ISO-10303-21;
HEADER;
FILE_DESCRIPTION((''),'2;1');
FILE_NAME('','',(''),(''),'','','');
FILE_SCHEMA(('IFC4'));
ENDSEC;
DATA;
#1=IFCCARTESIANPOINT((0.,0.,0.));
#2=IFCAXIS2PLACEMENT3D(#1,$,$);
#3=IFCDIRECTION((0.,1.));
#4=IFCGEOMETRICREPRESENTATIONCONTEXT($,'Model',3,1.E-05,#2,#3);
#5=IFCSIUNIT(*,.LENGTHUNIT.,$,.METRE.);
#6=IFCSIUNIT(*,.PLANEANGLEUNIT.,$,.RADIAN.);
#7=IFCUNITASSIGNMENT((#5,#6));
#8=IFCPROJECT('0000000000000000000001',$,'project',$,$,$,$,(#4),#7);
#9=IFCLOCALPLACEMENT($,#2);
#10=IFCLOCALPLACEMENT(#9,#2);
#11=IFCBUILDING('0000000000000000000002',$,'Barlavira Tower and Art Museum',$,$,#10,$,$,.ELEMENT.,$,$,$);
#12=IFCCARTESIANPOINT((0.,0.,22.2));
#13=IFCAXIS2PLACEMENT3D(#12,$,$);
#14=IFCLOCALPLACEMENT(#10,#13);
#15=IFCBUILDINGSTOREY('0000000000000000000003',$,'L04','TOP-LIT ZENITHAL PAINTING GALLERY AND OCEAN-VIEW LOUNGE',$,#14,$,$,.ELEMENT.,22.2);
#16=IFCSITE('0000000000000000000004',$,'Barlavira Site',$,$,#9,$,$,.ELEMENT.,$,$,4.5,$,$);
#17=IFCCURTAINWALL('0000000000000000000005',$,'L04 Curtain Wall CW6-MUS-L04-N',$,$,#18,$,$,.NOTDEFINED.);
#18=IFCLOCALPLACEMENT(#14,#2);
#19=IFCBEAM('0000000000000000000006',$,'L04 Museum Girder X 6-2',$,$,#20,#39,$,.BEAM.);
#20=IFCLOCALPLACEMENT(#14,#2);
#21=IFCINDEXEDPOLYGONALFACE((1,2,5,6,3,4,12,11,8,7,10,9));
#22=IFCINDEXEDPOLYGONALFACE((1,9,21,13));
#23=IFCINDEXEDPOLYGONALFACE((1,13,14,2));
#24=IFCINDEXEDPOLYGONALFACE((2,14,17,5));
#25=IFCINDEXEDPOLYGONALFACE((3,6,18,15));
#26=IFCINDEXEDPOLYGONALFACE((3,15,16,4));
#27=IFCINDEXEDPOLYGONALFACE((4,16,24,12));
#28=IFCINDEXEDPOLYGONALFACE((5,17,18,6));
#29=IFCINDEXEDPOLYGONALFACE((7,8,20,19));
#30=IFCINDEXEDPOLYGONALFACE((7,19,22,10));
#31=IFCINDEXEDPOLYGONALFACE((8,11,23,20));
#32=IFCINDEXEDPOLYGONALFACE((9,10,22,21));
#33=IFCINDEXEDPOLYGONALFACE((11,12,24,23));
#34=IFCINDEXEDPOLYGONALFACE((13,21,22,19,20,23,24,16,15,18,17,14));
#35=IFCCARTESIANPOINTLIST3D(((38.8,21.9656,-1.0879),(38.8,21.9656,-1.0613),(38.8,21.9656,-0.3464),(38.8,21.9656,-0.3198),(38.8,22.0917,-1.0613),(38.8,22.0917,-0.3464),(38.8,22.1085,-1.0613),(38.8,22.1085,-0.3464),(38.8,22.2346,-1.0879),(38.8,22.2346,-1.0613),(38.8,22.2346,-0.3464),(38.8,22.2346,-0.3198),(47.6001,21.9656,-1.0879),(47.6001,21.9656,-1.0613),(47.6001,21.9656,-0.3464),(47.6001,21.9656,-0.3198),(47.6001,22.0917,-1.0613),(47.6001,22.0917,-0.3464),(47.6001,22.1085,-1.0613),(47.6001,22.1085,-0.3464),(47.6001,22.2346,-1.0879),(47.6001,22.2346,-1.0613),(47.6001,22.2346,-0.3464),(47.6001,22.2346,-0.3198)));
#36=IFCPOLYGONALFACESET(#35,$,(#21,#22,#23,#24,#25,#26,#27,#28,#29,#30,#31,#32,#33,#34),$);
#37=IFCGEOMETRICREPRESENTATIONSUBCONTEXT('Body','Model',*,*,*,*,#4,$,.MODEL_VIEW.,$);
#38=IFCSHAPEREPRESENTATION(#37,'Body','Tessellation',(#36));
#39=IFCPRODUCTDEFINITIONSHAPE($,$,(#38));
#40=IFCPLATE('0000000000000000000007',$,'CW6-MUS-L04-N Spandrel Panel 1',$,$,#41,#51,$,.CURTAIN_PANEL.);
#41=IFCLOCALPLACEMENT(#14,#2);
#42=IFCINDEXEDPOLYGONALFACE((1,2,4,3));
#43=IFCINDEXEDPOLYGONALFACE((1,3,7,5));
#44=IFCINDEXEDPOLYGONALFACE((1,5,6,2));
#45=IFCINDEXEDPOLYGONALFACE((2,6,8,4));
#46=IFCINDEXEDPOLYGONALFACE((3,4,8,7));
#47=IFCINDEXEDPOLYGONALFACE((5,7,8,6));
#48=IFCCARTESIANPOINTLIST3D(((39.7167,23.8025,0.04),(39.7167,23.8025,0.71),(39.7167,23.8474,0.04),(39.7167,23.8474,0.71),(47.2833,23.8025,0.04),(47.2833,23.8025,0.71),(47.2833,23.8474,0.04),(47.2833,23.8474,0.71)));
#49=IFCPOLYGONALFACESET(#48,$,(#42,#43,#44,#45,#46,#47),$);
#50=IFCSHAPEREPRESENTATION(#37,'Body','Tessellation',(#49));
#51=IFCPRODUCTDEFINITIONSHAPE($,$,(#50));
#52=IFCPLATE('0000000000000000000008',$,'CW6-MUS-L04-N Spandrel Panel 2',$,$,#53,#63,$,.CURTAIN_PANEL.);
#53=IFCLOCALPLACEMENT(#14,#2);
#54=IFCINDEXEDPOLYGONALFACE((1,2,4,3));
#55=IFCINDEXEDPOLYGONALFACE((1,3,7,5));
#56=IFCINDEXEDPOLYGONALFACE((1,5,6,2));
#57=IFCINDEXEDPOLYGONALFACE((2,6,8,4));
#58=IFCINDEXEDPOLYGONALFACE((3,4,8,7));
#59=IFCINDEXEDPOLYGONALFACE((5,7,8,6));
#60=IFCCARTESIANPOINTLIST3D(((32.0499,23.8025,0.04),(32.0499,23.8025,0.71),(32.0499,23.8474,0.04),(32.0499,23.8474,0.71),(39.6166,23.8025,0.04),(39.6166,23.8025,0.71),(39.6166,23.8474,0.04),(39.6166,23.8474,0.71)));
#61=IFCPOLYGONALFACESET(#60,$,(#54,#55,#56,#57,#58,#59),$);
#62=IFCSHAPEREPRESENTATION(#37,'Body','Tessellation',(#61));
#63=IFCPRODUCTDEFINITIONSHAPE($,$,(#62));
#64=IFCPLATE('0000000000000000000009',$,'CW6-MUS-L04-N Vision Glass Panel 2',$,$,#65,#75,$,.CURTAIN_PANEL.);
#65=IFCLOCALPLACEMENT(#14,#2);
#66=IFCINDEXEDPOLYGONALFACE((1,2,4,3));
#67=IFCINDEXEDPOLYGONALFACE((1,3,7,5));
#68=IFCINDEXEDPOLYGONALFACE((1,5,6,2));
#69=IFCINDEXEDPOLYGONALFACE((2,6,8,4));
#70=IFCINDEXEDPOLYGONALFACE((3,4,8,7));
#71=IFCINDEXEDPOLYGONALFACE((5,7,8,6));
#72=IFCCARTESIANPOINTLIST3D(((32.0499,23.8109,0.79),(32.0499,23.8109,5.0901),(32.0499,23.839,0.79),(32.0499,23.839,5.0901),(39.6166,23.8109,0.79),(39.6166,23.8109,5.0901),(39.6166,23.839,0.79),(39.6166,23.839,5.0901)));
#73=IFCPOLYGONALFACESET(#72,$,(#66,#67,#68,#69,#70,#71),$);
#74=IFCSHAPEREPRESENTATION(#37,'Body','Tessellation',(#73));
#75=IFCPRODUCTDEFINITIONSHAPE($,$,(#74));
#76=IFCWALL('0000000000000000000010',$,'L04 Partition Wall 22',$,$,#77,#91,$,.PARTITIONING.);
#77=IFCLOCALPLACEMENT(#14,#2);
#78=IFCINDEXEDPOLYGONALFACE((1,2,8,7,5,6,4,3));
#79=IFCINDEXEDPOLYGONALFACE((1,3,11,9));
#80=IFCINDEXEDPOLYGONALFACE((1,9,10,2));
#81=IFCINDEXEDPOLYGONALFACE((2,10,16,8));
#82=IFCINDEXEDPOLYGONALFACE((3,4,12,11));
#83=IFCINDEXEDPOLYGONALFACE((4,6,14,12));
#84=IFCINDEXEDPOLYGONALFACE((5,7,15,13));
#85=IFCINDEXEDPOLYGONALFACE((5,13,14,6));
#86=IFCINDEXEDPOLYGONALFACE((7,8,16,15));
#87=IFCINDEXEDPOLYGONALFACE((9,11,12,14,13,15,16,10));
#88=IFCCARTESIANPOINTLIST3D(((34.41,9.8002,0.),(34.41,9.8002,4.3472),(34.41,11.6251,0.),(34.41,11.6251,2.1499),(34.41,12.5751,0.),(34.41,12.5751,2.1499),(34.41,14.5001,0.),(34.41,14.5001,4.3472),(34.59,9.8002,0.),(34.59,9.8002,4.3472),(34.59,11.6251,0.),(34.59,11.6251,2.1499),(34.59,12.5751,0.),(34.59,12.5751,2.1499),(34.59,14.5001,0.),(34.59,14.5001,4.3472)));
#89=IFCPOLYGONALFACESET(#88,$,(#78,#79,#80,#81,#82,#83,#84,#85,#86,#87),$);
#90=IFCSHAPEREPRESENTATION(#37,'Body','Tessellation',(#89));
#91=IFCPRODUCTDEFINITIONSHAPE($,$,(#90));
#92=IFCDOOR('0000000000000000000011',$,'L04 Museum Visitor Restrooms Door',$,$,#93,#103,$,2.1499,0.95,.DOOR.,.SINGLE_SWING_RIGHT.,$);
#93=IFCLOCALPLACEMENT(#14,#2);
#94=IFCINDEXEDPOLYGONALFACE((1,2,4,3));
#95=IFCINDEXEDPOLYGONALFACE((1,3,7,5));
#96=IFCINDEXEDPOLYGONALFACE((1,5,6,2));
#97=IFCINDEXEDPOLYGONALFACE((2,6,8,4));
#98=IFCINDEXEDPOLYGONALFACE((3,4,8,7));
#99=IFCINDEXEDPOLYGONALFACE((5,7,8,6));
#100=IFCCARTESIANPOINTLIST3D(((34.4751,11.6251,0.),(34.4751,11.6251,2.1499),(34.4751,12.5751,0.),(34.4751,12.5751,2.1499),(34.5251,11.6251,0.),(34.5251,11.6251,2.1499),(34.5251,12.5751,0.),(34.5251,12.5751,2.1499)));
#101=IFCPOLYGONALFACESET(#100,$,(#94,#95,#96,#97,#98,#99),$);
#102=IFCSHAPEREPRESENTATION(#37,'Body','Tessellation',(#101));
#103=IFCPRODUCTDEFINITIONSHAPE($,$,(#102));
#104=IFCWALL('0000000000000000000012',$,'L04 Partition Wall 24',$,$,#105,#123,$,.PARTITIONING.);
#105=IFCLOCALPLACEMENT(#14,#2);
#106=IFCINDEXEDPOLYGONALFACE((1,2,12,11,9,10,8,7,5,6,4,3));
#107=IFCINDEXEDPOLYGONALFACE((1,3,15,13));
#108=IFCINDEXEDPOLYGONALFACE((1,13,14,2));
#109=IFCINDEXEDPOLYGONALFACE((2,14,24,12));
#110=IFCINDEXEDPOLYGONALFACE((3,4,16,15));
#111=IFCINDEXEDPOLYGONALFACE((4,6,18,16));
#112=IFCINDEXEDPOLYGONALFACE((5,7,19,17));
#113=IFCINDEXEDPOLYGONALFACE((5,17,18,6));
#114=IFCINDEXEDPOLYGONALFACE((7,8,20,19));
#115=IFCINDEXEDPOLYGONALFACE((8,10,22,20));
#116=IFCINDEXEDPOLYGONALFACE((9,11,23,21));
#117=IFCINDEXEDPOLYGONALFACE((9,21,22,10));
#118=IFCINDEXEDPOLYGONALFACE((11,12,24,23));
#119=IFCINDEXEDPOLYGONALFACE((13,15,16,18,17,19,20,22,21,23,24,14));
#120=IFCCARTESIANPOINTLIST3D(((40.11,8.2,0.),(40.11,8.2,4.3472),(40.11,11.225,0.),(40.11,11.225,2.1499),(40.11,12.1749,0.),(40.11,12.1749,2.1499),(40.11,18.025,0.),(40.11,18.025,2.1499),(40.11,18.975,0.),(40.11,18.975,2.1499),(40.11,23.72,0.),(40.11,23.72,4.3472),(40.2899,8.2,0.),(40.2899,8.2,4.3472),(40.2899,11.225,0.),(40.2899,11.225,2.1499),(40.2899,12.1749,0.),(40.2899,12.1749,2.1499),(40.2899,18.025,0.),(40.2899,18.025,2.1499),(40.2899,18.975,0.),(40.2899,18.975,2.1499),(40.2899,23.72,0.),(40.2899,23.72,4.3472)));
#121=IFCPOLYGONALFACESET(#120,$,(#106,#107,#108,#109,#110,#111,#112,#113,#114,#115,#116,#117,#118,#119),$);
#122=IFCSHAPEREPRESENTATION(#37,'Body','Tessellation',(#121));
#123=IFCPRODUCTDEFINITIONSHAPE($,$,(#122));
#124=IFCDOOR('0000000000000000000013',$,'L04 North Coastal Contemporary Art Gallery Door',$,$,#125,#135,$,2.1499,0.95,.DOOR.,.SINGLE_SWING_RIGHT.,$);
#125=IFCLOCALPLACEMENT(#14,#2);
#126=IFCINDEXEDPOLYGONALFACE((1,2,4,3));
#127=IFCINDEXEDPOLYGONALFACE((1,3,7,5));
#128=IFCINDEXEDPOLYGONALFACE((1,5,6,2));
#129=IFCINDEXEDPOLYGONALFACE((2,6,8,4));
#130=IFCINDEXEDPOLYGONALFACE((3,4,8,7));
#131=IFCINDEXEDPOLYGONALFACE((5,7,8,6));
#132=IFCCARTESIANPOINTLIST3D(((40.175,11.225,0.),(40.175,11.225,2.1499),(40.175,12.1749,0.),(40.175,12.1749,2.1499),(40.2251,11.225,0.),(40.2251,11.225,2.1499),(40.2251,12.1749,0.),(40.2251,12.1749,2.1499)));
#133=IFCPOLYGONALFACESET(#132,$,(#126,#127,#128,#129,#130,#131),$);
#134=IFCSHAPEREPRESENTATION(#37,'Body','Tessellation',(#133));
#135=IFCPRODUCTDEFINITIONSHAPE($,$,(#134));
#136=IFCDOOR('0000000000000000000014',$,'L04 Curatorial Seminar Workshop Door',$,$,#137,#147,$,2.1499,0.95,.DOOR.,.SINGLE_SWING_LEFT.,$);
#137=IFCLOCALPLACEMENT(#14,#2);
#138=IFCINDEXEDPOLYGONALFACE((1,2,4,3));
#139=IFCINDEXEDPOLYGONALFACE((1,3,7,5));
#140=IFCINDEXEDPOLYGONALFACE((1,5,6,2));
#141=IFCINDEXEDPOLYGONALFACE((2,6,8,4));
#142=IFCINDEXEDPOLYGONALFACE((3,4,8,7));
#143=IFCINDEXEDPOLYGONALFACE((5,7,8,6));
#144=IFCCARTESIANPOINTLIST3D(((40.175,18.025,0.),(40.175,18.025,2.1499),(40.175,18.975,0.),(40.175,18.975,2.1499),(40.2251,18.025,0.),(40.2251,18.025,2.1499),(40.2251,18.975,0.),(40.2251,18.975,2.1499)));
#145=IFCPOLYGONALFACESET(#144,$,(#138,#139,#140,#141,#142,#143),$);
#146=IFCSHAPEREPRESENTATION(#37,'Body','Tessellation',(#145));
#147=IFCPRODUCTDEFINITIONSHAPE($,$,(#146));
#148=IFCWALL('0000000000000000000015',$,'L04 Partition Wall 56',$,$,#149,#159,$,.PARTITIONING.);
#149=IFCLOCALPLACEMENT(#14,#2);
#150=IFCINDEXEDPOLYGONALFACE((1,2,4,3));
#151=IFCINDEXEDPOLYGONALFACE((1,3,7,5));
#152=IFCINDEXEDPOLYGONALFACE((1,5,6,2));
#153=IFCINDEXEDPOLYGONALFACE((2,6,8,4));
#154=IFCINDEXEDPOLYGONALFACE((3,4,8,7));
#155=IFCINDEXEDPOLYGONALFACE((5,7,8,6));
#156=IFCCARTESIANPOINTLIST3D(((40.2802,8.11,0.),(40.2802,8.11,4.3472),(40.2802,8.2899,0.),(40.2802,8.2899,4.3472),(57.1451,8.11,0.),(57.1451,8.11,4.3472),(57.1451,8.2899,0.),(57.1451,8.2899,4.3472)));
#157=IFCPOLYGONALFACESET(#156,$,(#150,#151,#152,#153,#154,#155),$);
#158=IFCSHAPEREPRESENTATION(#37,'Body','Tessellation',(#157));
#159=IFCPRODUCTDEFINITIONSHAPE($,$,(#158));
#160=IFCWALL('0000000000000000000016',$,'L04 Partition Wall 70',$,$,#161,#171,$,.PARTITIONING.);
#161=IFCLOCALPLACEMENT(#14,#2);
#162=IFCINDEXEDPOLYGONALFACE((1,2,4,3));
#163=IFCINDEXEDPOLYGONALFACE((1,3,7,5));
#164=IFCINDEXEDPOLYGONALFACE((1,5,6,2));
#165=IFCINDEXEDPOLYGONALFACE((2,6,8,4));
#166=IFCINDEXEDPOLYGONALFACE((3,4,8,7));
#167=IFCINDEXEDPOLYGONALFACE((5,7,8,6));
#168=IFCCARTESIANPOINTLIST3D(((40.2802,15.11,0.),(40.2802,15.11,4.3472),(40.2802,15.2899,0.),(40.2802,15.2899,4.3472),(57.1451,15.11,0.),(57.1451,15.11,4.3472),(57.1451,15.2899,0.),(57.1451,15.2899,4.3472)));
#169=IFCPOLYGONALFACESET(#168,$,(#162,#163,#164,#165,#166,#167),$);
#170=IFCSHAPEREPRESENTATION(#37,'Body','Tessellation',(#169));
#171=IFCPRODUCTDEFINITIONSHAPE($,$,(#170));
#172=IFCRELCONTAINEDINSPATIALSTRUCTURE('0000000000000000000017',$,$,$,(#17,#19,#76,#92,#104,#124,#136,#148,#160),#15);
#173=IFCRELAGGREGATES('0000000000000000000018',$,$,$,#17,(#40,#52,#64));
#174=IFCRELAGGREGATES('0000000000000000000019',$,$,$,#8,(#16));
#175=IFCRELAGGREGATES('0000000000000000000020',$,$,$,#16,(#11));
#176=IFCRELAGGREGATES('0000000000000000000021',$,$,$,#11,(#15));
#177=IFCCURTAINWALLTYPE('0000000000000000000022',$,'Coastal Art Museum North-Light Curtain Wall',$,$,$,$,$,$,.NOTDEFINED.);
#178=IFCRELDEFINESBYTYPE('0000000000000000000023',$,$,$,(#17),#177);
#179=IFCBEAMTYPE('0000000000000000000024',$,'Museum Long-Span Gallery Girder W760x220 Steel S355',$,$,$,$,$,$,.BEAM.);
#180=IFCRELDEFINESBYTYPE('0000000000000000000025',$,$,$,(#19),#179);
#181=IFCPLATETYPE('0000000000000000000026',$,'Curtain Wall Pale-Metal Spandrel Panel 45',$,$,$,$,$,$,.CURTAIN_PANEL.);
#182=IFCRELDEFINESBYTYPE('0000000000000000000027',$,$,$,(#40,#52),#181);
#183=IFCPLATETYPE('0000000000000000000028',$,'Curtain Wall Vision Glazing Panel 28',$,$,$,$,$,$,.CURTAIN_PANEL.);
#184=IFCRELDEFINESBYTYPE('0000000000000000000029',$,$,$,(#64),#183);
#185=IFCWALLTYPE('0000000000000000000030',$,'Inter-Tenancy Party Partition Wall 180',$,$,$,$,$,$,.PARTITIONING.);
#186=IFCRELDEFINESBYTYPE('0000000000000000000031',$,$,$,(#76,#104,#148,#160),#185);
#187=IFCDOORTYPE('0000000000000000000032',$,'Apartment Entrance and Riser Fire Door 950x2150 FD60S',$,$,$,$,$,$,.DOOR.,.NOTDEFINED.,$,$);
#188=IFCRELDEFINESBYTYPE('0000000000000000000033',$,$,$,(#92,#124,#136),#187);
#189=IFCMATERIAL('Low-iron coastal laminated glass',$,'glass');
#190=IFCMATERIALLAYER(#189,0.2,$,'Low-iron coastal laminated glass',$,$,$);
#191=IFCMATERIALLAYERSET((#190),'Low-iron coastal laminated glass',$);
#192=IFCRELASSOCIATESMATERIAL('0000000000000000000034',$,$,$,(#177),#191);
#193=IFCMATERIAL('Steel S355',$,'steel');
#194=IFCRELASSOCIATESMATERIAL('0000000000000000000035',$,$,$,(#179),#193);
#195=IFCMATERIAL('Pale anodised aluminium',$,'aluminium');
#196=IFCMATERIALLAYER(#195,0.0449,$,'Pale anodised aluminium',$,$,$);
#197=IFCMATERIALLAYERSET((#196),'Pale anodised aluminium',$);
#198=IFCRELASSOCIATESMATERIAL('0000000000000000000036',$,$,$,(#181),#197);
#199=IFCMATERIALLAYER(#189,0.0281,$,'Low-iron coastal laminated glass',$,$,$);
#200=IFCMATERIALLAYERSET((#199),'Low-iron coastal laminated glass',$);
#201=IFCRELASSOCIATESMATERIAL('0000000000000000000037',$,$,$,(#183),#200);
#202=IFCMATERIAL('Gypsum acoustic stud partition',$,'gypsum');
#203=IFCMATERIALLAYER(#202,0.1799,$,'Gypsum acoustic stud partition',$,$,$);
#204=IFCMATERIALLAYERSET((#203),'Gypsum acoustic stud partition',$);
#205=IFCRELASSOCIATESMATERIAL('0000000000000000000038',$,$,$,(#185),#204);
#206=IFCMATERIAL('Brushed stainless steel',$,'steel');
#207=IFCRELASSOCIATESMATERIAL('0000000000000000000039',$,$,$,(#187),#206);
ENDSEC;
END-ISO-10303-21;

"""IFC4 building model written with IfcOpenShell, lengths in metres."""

from ifc_helpers import new_model, si_unit, direction, frame, frame_2d, origin, origin_2d, place, context, subcontext, project, spatial, rectangle, i_section, extrude, material, layer, layer_set, material_profile, profile_set, type_object, element, fill, aggregate, save


model = new_model("IFC4")

# Units and contexts
model_context = context("Model", 3, precision=1e-05, world=origin(), true_north=direction((0.0, 1.0)))
body_context = subcontext(model_context, "Body", "Model", "MODEL_VIEW")
ifc_project = project(units=[si_unit("LENGTHUNIT", "METRE"), si_unit("PLANEANGLEUNIT", "RADIAN")], contexts=[model_context])

# Site, building, storey
site_placement = place(None, origin())
site = spatial("IfcSite", under=ifc_project, at=site_placement, Name="Barlavira Site", CompositionType="ELEMENT", RefElevation=4.5)
building_placement = place(site_placement, origin())
building = spatial("IfcBuilding", under=site, at=building_placement, Name="Barlavira Tower and Art Museum", CompositionType="ELEMENT")
storey_placement = place(building_placement, frame((0.0, 0.0, 22.2)))
storey = spatial("IfcBuildingStorey", under=building, at=storey_placement, Name="L04", Description="TOP-LIT ZENITHAL PAINTING GALLERY AND OCEAN-VIEW LOUNGE", CompositionType="ELEMENT", Elevation=22.2)

# Curtain wall
ifc_material_1 = material(Name="Low-iron coastal laminated glass", Category="glass")
ifc_layer_1 = layer(ifc_material_1, 0.2, Name="Low-iron coastal laminated glass")
ifc_layer_set_1 = layer_set([ifc_layer_1], Name="Low-iron coastal laminated glass")
curtain_wall_type = type_object("IfcCurtainWallType", Name="Coastal Art Museum North-Light Curtain Wall", PredefinedType="NOTDEFINED", material=ifc_layer_set_1)
curtain_wall_placement = place(storey_placement, origin())
curtain_wall = element("IfcCurtainWall", 1, at=curtain_wall_placement, inside=storey, type_object=curtain_wall_type, Name="L04 Curtain Wall CW6-MUS-L04-N", PredefinedType="NOTDEFINED")
ifc_material_2 = material(Name="Pale anodised aluminium", Category="aluminium")

# Beam
ifc_material_3 = material(Name="Steel S355", Category="steel")
ifc_material_profile_1 = material_profile(ifc_material_3, i_section(OverallWidth=0.269, OverallDepth=0.7681, WebThickness=0.0168, FlangeThickness=0.0266, at=origin_2d()), Name="W760x220.0")
ifc_profile_set_1 = profile_set([ifc_material_profile_1], Name="Steel S355")
beam_type = type_object("IfcBeamType", Name="Museum Long-Span Gallery Girder W760x220 Steel S355", PredefinedType="BEAM", material=ifc_profile_set_1)
beam_1_placement = place(storey_placement, frame((38.8, 22.1001, -0.7039), z_axis=(1.0, 0.0, 0.0), x_axis=(0.0, 1.0, 0.0)))
element("IfcBeam", 2, at=beam_1_placement, inside=storey, type_object=beam_type, Name="L04 Museum Girder X 6-2", PredefinedType="BEAM", context=body_context, shape_type="SweptSolid", body=[
    extrude(i_section(OverallWidth=0.269, OverallDepth=0.7681, WebThickness=0.0168, FlangeThickness=0.0266, at=origin_2d()), origin(), (0.0, 0.0, 1.0), 8.8),
])

# Plates
ifc_layer_2 = layer(ifc_material_2, 0.0449, Name="Pale anodised aluminium")
ifc_layer_set_2 = layer_set([ifc_layer_2], Name="Pale anodised aluminium")
plate_type_1 = type_object("IfcPlateType", Name="Curtain Wall Pale-Metal Spandrel Panel 45", PredefinedType="CURTAIN_PANEL", material=ifc_layer_set_2)
plate_1_placement = place(storey_placement, frame((43.5, 23.825, 0.04), z_axis=(0.0, 0.0, 1.0), x_axis=(-1.0, 0.0, 0.0)))
plate_1 = element("IfcPlate", 3, at=plate_1_placement, type_object=plate_type_1, Name="CW6-MUS-L04-N Spandrel Panel 1", PredefinedType="CURTAIN_PANEL", context=body_context, shape_type="SweptSolid", body=[
    extrude(rectangle(XDim=7.5667, YDim=0.0449, at=origin_2d()), origin(), (0.0, 0.0, 1.0), 0.6699),
])
plate_2_placement = place(storey_placement, frame((35.8333, 23.825, 0.04), z_axis=(0.0, 0.0, 1.0), x_axis=(-1.0, 0.0, 0.0)))
plate_2 = element("IfcPlate", 4, at=plate_2_placement, type_object=plate_type_1, Name="CW6-MUS-L04-N Spandrel Panel 2", PredefinedType="CURTAIN_PANEL", context=body_context, shape_type="SweptSolid", body=[
    extrude(rectangle(XDim=7.5667, YDim=0.0449, at=origin_2d()), origin(), (0.0, 0.0, 1.0), 0.6699),
])
ifc_layer_3 = layer(ifc_material_1, 0.0281, Name="Low-iron coastal laminated glass")
ifc_layer_set_3 = layer_set([ifc_layer_3], Name="Low-iron coastal laminated glass")
plate_type_2 = type_object("IfcPlateType", Name="Curtain Wall Vision Glazing Panel 28", PredefinedType="CURTAIN_PANEL", material=ifc_layer_set_3)
plate_3_placement = place(storey_placement, frame((35.8333, 23.825, 0.79), z_axis=(0.0, 0.0, 1.0), x_axis=(-1.0, 0.0, 0.0)))
plate_3 = element("IfcPlate", 5, at=plate_3_placement, type_object=plate_type_2, Name="CW6-MUS-L04-N Vision Glass Panel 2", PredefinedType="CURTAIN_PANEL", context=body_context, shape_type="SweptSolid", body=[
    extrude(rectangle(XDim=7.5667, YDim=0.0281, at=origin_2d()), origin(), (0.0, 0.0, 1.0), 4.3),
])
aggregate(curtain_wall, [plate_1, plate_2, plate_3])

# Wall, opening, door
ifc_material_4 = material(Name="Gypsum acoustic stud partition", Category="gypsum")
ifc_layer_4 = layer(ifc_material_4, 0.1799, Name="Gypsum acoustic stud partition")
ifc_layer_set_4 = layer_set([ifc_layer_4], Name="Gypsum acoustic stud partition")
wall_type_1 = type_object("IfcWallType", Name="Inter-Tenancy Party Partition Wall 180", PredefinedType="PARTITIONING", material=ifc_layer_set_4)
wall_1_placement = place(storey_placement, frame((34.5, 9.8, 0.0), z_axis=(0.0, 0.0, 1.0), x_axis=(0.0, 1.0, 0.0)))
wall_1 = element("IfcWall", 6, at=wall_1_placement, inside=storey, type_object=wall_type_1, Name="L04 Partition Wall 22", PredefinedType="PARTITIONING", context=body_context, shape_type="SweptSolid", body=[
    extrude(rectangle(XDim=4.7, YDim=0.1799, at=frame_2d((2.3501, 0.0))), origin(), (0.0, 0.0, 1.0), 4.3472),
])
opening_1_placement = place(wall_1_placement, frame((1.825, 0.0, 0.0)))
opening_1 = element("IfcOpeningElement", 7, at=opening_1_placement, cuts=wall_1, PredefinedType="OPENING", context=body_context, shape_type="SweptSolid", body=[
    extrude(rectangle(XDim=0.95, YDim=2.1499, at=frame_2d((0.4751, 1.075))), frame((0.0, 0.1001, 0.0), z_axis=(0.0, -1.0, 0.0), x_axis=(1.0, 0.0, 0.0)), (0.0, 0.0, 1.0), 0.2),
])
ifc_material_5 = material(Name="Brushed stainless steel", Category="steel")
door_type_1 = type_object("IfcDoorType", Name="Apartment Entrance and Riser Fire Door 950x2150 FD60S", OperationType="NOTDEFINED", PredefinedType="DOOR", material=ifc_material_5)
door_1_placement = place(opening_1_placement, origin())
door_1 = element("IfcDoor", 8, at=door_1_placement, inside=storey, type_object=door_type_1, Name="L04 Museum Visitor Restrooms Door", OperationType="SINGLE_SWING_RIGHT", OverallHeight=2.1499, OverallWidth=0.95, PredefinedType="DOOR", context=body_context, shape_type="SweptSolid", body=[
    extrude(rectangle(XDim=0.95, YDim=2.1499, at=frame_2d((0.4751, 1.075))), frame((0.0, 0.0249, 0.0), z_axis=(0.0, -1.0, 0.0), x_axis=(1.0, 0.0, 0.0)), (0.0, 0.0, 1.0), 0.05),
])
fill(opening_1, door_1)

# Wall, openings, doors
wall_2_placement = place(storey_placement, frame((40.2, 8.2, 0.0), z_axis=(0.0, 0.0, 1.0), x_axis=(0.0, 1.0, 0.0)))
wall_2 = element("IfcWall", 9, at=wall_2_placement, inside=storey, type_object=wall_type_1, Name="L04 Partition Wall 24", PredefinedType="PARTITIONING", context=body_context, shape_type="SweptSolid", body=[
    extrude(rectangle(XDim=15.52, YDim=0.1799, at=frame_2d((7.76, 0.0))), origin(), (0.0, 0.0, 1.0), 4.3472),
])
opening_2_placement = place(wall_2_placement, frame((3.0249, 0.0, 0.0)))
opening_2 = element("IfcOpeningElement", 10, at=opening_2_placement, cuts=wall_2, PredefinedType="OPENING", context=body_context, shape_type="SweptSolid", body=[
    extrude(rectangle(XDim=0.95, YDim=2.1499, at=frame_2d((0.4751, 1.075))), frame((0.0, 0.1001, 0.0), z_axis=(0.0, -1.0, 0.0), x_axis=(1.0, 0.0, 0.0)), (0.0, 0.0, 1.0), 0.2),
])
opening_3_placement = place(wall_2_placement, frame((9.825, 0.0, 0.0)))
opening_3 = element("IfcOpeningElement", 11, at=opening_3_placement, cuts=wall_2, PredefinedType="OPENING", context=body_context, shape_type="SweptSolid", body=[
    extrude(rectangle(XDim=0.95, YDim=2.1499, at=frame_2d((0.4751, 1.075))), frame((0.0, 0.1001, 0.0), z_axis=(0.0, -1.0, 0.0), x_axis=(1.0, 0.0, 0.0)), (0.0, 0.0, 1.0), 0.2),
])
door_2_placement = place(opening_2_placement, origin())
door_2 = element("IfcDoor", 12, at=door_2_placement, inside=storey, type_object=door_type_1, Name="L04 North Coastal Contemporary Art Gallery Door", OperationType="SINGLE_SWING_RIGHT", OverallHeight=2.1499, OverallWidth=0.95, PredefinedType="DOOR", context=body_context, shape_type="SweptSolid", body=[
    extrude(rectangle(XDim=0.95, YDim=2.1499, at=frame_2d((0.4751, 1.075))), frame((0.0, 0.0249, 0.0), z_axis=(0.0, -1.0, 0.0), x_axis=(1.0, 0.0, 0.0)), (0.0, 0.0, 1.0), 0.05),
])
fill(opening_2, door_2)
door_3_placement = place(opening_3_placement, origin())
door_3 = element("IfcDoor", 13, at=door_3_placement, inside=storey, type_object=door_type_1, Name="L04 Curatorial Seminar Workshop Door", OperationType="SINGLE_SWING_LEFT", OverallHeight=2.1499, OverallWidth=0.95, PredefinedType="DOOR", context=body_context, shape_type="SweptSolid", body=[
    extrude(rectangle(XDim=0.95, YDim=2.1499, at=frame_2d((0.4751, 1.075))), frame((0.0, 0.0249, 0.0), z_axis=(0.0, -1.0, 0.0), x_axis=(1.0, 0.0, 0.0)), (0.0, 0.0, 1.0), 0.05),
])
fill(opening_3, door_3)

# Walls
for number, where, z_axis, x_axis, name in (
    (14, (40.28, 8.2, 0.0), (0.0, 0.0, 1.0), (1.0, 0.0, 0.0), "L04 Partition Wall 56"),
    (15, (40.28, 15.2, 0.0), (0.0, 0.0, 1.0), (1.0, 0.0, 0.0), "L04 Partition Wall 70"),
):
    element("IfcWall", number, at=place(storey_placement, frame(where, z_axis=z_axis, x_axis=x_axis)), inside=storey, type_object=wall_type_1, Name=name, PredefinedType="PARTITIONING", context=body_context, shape_type="SweptSolid", body=[
        extrude(rectangle(XDim=16.865, YDim=0.1799, at=frame_2d((8.4326, 0.0))), origin(), (0.0, 0.0, 1.0), 4.3472),
    ])

save(model, "model.ifc")
